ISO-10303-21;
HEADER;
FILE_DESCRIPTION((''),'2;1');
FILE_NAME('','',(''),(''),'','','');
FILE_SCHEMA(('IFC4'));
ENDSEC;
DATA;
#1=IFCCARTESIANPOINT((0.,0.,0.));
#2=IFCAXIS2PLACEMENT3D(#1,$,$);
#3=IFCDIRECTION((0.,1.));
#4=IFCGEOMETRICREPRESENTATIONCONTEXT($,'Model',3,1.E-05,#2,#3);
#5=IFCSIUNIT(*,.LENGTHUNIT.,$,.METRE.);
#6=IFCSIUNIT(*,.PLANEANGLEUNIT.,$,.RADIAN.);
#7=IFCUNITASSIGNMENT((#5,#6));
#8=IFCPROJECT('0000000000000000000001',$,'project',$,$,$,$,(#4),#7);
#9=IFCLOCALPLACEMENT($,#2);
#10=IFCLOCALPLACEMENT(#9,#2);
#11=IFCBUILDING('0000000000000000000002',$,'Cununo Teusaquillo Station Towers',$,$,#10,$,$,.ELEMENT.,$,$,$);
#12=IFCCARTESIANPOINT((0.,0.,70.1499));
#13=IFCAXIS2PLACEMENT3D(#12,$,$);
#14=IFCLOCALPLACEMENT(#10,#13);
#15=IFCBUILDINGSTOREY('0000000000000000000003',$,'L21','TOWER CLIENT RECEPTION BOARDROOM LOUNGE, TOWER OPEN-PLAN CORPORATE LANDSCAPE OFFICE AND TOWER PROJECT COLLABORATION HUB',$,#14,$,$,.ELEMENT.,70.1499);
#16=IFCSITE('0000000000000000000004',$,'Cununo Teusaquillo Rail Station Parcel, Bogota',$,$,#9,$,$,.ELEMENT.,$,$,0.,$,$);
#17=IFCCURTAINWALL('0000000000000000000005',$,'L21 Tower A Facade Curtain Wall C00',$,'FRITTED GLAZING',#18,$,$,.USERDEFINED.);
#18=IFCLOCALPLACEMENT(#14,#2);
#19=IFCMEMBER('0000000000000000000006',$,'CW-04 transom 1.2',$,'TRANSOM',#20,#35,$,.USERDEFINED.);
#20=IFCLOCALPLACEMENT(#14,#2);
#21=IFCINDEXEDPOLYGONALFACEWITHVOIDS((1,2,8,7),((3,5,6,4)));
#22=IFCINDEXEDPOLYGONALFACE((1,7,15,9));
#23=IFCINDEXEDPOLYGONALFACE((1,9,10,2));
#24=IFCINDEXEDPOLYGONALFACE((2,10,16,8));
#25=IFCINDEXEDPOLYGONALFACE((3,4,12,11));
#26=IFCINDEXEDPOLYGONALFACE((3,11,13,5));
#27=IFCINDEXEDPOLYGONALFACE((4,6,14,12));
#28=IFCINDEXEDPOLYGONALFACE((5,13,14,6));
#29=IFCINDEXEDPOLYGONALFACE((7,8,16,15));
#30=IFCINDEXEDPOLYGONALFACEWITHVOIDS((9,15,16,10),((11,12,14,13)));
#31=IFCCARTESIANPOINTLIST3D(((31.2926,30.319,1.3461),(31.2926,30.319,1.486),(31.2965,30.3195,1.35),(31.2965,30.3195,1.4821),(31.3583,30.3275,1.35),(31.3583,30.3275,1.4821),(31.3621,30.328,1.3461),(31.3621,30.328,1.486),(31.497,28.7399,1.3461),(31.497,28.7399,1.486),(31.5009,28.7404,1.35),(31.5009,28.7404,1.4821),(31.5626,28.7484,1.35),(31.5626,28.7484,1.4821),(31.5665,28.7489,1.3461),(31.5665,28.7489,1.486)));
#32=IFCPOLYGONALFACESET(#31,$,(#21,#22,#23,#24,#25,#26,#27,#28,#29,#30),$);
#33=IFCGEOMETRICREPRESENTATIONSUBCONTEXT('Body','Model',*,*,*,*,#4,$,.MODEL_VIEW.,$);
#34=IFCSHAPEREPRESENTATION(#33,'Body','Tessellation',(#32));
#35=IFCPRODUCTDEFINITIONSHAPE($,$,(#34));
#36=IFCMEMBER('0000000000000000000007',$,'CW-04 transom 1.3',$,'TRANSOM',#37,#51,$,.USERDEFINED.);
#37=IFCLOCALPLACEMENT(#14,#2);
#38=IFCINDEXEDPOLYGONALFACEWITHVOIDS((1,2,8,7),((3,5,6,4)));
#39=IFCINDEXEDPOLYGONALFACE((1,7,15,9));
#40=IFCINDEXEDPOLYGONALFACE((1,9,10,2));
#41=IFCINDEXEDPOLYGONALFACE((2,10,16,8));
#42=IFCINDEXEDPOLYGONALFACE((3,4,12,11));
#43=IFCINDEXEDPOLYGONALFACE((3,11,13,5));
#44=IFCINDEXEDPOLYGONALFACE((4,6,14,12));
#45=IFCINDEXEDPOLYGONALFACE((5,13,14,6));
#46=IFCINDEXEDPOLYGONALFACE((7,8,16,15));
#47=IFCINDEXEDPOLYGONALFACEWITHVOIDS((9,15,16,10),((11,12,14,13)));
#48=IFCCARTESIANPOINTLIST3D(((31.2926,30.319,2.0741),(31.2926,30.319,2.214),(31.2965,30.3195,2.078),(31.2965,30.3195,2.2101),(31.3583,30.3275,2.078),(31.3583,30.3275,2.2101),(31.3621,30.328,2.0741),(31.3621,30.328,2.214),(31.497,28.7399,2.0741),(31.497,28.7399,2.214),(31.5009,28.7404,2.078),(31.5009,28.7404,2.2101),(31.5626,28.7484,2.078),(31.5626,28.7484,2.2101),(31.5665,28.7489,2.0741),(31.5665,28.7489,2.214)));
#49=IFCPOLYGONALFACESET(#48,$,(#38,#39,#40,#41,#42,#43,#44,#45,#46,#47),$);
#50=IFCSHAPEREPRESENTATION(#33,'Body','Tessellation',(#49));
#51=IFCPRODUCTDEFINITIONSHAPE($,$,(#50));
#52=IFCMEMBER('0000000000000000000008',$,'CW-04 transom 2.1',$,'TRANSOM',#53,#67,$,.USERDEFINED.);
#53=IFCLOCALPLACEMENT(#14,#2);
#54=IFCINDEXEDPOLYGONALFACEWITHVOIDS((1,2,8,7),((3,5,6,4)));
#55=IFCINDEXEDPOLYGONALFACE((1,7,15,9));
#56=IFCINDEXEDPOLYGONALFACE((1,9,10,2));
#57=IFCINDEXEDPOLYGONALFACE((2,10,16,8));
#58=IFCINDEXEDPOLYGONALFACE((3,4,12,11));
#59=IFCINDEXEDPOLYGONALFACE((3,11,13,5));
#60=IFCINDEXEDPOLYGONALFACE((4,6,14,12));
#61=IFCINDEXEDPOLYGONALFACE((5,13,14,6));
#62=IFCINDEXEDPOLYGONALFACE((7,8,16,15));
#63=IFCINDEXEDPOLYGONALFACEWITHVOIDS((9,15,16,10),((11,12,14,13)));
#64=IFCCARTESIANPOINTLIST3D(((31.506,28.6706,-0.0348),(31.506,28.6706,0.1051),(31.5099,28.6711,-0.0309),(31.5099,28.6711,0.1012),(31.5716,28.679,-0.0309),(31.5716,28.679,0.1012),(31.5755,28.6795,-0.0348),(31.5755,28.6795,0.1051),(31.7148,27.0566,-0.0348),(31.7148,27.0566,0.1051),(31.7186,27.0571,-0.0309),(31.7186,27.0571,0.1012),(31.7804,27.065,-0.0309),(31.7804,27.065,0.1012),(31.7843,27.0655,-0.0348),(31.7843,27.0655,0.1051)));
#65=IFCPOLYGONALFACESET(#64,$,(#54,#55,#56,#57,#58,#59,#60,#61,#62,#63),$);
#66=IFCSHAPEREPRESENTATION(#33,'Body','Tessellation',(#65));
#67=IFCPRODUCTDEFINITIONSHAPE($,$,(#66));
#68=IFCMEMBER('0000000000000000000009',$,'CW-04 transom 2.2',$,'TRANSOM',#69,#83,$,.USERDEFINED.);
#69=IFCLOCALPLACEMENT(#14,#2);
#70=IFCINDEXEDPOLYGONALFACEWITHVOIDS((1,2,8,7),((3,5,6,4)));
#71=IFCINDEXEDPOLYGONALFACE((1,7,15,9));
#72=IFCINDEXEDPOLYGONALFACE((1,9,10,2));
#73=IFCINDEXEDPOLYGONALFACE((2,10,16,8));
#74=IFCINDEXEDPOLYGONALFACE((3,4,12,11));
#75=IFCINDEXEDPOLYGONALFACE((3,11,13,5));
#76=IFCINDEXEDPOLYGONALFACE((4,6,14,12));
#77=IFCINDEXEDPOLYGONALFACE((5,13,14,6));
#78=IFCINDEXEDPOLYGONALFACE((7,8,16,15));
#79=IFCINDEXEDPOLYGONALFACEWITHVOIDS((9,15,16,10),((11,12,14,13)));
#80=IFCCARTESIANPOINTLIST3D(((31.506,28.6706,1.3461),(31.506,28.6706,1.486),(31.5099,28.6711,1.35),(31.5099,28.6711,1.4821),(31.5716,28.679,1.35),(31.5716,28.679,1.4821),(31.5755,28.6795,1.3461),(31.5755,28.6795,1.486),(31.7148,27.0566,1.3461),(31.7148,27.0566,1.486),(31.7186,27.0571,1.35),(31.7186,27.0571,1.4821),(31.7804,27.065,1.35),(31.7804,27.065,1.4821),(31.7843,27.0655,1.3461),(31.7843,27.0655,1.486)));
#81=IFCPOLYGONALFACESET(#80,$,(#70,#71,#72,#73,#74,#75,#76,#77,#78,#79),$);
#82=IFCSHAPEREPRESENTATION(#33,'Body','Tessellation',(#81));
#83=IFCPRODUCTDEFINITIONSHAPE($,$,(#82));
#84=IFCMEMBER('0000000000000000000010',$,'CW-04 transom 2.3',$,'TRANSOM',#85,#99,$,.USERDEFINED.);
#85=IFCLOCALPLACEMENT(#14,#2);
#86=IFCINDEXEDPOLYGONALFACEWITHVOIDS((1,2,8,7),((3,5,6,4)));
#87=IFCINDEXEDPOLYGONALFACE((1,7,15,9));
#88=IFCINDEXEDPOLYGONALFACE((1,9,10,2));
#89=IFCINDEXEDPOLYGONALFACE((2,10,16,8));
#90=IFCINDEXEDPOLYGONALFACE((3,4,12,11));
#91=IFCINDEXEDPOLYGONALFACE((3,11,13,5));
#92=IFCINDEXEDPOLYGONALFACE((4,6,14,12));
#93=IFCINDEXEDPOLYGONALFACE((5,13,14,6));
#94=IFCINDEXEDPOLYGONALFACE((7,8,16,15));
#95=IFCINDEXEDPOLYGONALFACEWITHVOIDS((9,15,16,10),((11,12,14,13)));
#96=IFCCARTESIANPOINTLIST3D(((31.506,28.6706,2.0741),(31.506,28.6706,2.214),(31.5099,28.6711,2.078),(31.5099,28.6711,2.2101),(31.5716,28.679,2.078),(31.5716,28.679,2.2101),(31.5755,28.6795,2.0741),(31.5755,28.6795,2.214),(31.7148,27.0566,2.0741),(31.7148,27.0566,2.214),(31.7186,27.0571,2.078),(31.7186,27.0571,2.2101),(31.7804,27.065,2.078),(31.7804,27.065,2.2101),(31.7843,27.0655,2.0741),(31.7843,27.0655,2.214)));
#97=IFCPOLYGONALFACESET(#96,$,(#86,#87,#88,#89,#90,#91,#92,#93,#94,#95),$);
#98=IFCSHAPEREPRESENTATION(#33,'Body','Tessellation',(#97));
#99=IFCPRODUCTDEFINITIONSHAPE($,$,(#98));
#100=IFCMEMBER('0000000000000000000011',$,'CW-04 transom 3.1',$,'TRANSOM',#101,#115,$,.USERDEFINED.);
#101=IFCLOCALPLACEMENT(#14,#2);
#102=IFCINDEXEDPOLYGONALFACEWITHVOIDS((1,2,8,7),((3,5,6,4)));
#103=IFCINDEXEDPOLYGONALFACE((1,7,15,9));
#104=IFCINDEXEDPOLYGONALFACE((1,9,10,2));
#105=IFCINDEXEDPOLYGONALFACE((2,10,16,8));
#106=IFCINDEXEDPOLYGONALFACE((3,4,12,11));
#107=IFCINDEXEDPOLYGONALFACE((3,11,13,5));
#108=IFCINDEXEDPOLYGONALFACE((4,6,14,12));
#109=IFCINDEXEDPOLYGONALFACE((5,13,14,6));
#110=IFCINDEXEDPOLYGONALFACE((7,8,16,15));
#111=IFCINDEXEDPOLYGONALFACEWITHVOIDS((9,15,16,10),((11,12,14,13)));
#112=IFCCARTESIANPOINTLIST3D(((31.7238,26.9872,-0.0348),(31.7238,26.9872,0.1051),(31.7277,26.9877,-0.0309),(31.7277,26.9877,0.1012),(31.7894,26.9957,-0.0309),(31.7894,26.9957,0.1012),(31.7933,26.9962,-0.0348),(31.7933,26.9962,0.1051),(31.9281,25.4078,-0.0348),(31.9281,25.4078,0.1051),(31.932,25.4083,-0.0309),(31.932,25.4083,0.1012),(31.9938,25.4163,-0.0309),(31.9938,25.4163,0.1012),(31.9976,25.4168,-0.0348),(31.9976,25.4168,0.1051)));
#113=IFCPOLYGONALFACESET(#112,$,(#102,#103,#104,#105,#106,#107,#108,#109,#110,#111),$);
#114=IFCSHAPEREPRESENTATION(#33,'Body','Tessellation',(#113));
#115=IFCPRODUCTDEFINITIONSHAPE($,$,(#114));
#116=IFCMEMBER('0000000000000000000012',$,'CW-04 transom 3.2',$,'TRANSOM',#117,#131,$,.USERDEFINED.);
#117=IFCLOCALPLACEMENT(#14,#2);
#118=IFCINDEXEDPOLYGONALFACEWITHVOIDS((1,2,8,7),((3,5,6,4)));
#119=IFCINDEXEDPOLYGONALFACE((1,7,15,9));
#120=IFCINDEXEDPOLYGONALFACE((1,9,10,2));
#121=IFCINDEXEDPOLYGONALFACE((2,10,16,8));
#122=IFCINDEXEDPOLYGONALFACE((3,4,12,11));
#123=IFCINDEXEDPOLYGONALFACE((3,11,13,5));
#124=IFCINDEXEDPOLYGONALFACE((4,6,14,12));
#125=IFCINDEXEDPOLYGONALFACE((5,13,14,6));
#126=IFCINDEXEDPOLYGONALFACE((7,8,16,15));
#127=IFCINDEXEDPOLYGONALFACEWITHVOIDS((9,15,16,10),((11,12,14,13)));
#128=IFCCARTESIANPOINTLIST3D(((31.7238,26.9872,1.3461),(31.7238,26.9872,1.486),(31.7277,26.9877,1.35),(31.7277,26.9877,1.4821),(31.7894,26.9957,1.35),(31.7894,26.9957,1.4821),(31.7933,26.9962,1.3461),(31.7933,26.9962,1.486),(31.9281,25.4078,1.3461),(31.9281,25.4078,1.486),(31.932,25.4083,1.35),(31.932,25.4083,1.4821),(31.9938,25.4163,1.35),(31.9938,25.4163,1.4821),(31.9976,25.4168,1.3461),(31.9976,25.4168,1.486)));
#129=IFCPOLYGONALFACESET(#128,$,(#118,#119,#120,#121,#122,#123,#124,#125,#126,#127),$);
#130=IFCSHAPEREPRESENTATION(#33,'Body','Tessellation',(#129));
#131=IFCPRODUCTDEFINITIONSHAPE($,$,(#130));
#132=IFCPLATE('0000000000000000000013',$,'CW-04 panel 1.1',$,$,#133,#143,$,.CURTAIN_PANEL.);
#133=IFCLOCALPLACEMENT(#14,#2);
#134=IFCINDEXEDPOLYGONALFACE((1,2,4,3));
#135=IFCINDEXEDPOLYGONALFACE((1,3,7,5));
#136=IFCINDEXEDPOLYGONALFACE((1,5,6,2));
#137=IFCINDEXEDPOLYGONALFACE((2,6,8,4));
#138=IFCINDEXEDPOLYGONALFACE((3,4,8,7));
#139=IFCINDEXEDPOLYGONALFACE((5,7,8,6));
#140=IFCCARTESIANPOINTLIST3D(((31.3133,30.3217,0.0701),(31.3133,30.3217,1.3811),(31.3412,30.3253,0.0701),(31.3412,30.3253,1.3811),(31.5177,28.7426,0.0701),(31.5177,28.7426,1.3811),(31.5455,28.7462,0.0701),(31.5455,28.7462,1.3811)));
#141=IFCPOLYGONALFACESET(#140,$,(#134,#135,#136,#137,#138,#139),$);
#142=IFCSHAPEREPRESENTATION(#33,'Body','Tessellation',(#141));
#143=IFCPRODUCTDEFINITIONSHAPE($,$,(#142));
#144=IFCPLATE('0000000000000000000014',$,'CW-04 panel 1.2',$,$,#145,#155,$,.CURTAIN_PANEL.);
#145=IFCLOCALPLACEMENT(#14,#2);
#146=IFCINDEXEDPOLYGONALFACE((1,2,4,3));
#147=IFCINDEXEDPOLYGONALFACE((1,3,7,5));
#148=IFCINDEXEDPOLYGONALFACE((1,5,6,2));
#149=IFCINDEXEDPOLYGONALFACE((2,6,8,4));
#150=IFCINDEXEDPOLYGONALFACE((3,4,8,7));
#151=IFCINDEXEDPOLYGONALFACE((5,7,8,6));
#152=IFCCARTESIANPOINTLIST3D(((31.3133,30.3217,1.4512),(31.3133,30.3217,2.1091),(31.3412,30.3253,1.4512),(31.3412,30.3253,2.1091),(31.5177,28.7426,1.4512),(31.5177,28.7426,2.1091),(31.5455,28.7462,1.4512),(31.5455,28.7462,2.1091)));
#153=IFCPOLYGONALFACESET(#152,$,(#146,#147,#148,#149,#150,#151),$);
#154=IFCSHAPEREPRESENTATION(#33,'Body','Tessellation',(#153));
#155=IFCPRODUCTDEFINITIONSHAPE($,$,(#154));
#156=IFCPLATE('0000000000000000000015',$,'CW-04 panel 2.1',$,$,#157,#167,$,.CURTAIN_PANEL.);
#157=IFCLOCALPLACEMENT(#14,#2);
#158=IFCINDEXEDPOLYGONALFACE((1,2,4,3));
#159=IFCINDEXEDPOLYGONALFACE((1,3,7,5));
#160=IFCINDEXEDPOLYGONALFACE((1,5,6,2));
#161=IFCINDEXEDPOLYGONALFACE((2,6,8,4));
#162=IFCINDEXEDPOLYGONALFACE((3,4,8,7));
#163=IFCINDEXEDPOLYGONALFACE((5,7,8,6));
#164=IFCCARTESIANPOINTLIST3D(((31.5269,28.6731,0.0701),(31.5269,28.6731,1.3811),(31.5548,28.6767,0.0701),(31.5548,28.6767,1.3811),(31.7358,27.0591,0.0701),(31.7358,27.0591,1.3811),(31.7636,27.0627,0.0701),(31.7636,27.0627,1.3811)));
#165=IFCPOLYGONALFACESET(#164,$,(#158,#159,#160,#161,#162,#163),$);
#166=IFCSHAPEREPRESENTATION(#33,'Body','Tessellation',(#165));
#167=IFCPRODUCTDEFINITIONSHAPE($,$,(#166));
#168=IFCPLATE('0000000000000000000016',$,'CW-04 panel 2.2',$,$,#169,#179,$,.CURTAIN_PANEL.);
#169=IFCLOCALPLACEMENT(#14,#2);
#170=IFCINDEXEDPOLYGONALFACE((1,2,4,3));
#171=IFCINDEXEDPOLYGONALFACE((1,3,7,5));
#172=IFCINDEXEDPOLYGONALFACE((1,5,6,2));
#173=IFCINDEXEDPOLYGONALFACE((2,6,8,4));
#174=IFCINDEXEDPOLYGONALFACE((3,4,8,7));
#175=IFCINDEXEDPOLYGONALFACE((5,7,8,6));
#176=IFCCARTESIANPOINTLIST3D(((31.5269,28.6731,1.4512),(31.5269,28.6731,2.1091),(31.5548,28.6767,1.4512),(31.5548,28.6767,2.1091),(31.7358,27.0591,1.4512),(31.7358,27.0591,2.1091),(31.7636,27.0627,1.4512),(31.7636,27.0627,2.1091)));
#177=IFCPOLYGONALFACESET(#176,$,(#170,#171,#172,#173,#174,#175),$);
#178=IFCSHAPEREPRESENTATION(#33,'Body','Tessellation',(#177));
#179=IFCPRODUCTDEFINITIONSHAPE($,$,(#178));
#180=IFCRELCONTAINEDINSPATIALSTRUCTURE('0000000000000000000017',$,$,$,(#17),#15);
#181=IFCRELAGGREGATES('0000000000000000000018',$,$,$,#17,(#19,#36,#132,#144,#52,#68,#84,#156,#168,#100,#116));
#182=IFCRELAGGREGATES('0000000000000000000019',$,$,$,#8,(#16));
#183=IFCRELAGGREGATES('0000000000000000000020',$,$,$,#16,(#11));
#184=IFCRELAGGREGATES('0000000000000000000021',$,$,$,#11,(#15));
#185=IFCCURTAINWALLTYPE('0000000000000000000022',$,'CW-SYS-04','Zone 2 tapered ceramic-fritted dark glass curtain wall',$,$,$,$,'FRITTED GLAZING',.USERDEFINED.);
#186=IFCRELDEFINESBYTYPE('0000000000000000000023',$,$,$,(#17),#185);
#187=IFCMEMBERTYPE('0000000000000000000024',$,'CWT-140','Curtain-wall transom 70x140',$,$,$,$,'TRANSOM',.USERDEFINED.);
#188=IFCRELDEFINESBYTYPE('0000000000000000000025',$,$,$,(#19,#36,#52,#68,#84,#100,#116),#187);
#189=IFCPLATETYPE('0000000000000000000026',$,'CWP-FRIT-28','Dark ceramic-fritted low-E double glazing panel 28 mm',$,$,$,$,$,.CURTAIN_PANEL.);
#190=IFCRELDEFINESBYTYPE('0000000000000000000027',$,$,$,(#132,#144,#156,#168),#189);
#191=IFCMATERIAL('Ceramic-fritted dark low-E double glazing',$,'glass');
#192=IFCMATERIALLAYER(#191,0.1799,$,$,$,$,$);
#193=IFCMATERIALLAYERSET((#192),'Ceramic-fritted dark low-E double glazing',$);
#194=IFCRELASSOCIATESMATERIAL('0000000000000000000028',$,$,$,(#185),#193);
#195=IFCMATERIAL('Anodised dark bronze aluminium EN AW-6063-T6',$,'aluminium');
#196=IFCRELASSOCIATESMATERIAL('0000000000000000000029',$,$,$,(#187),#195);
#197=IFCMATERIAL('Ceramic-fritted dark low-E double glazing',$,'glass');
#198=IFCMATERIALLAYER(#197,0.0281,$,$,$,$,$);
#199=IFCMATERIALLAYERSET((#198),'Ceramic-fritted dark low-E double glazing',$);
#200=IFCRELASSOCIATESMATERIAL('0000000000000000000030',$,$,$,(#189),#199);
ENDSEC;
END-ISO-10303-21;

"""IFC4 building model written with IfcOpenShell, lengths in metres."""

from ifc_helpers import new_model, si_unit, direction, frame, origin, origin_2d, place, context, subcontext, project, spatial, rectangle, hollow_rectangle, extrude, source, transform, mapped, material, layer, layer_set, material_profile, profile_set, type_object, element, aggregate, save


model = new_model("IFC4")

# Units and contexts
model_context = context("Model", 3, precision=1e-05, world=origin(), true_north=direction((0.0, 1.0)))
body_context = subcontext(model_context, "Body", "Model", "MODEL_VIEW")
ifc_project = project(units=[si_unit("LENGTHUNIT", "METRE"), si_unit("PLANEANGLEUNIT", "RADIAN")], contexts=[model_context])

# Site, building, storey
site_placement = place(None, origin())
site = spatial("IfcSite", under=ifc_project, at=site_placement, Name="Cununo Teusaquillo Rail Station Parcel, Bogota", CompositionType="ELEMENT", RefElevation=0.0)
building_placement = place(site_placement, origin())
building = spatial("IfcBuilding", under=site, at=building_placement, Name="Cununo Teusaquillo Station Towers", CompositionType="ELEMENT")
storey_placement = place(building_placement, frame((0.0, 0.0, 70.1499)))
storey = spatial("IfcBuildingStorey", under=building, at=storey_placement, Name="L21", Description="TOWER CLIENT RECEPTION BOARDROOM LOUNGE, TOWER OPEN-PLAN CORPORATE LANDSCAPE OFFICE AND TOWER PROJECT COLLABORATION HUB", CompositionType="ELEMENT", Elevation=70.1499)

# Curtain wall, members, plates
ifc_material_1 = material(Name="Ceramic-fritted dark low-E double glazing", Category="glass")
ifc_layer_1 = layer(ifc_material_1, 0.1799)
ifc_layer_set_1 = layer_set([ifc_layer_1], Name="Ceramic-fritted dark low-E double glazing")
curtain_wall_type = type_object("IfcCurtainWallType", Name="CW-SYS-04", Description="Zone 2 tapered ceramic-fritted dark glass curtain wall", ElementType="FRITTED GLAZING", PredefinedType="USERDEFINED", material=ifc_layer_set_1)
curtain_wall_placement = place(storey_placement, origin())
curtain_wall = element("IfcCurtainWall", 1, at=curtain_wall_placement, inside=storey, type_object=curtain_wall_type, Name="L21 Tower A Facade Curtain Wall C00", ObjectType="FRITTED GLAZING", PredefinedType="USERDEFINED")
ifc_material_2 = material(Name="Anodised dark bronze aluminium EN AW-6063-T6", Category="aluminium")
ifc_material_profile_1 = material_profile(ifc_material_2, hollow_rectangle(XDim=0.0701, YDim=0.1399, WallThickness=0.0039, at=origin_2d()), Name="CW-TRAN-70x140")
ifc_profile_set_1 = profile_set([ifc_material_profile_1], Name="Anodised dark bronze aluminium EN AW-6063-T6")
member_type_1 = type_object("IfcMemberType", Name="CWT-140", Description="Curtain-wall transom 70x140", ElementType="TRANSOM", PredefinedType="USERDEFINED", material=ifc_profile_set_1)
member_1_placement = place(storey_placement, frame((31.3274, 30.3235, 1.416), z_axis=(0.128336, -0.991731, 0.0), x_axis=(0.991731, 0.128336, 0.0)))
member_1 = element("IfcMember", 2, at=member_1_placement, type_object=member_type_1, Name="CW-04 transom 1.2", ObjectType="TRANSOM", PredefinedType="USERDEFINED", context=body_context, shape_type="SweptSolid", body=[
    extrude(hollow_rectangle(XDim=0.0701, YDim=0.1399, WallThickness=0.0039, at=origin_2d()), origin(), (0.0, 0.0, 1.0), 1.5923),
])
member_2_placement = place(storey_placement, frame((31.3274, 30.3235, 2.144), z_axis=(0.128336, -0.991731, 0.0), x_axis=(0.991731, 0.128336, 0.0)))
member_2 = element("IfcMember", 3, at=member_2_placement, type_object=member_type_1, Name="CW-04 transom 1.3", ObjectType="TRANSOM", PredefinedType="USERDEFINED", context=body_context, shape_type="SweptSolid", body=[
    extrude(hollow_rectangle(XDim=0.0701, YDim=0.1399, WallThickness=0.0039, at=origin_2d()), origin(), (0.0, 0.0, 1.0), 1.5923),
])
member_3_placement = place(storey_placement, frame((31.5408, 28.675, 0.0352), z_axis=(0.128262, -0.99174, 0.0), x_axis=(0.99174, 0.128262, 0.0)))
member_3 = element("IfcMember", 4, at=member_3_placement, type_object=member_type_1, Name="CW-04 transom 2.1", ObjectType="TRANSOM", PredefinedType="USERDEFINED", context=body_context, shape_type="SweptSolid", body=[
    extrude(hollow_rectangle(XDim=0.0701, YDim=0.1399, WallThickness=0.0039, at=origin_2d()), origin(), (0.0, 0.0, 1.0), 1.6274),
])
member_4_placement = place(storey_placement, frame((31.5408, 28.675, 1.416), z_axis=(0.128262, -0.99174, 0.0), x_axis=(0.99174, 0.128262, 0.0)))
member_4 = element("IfcMember", 5, at=member_4_placement, type_object=member_type_1, Name="CW-04 transom 2.2", ObjectType="TRANSOM", PredefinedType="USERDEFINED", context=body_context, shape_type="SweptSolid", body=[
    extrude(hollow_rectangle(XDim=0.0701, YDim=0.1399, WallThickness=0.0039, at=origin_2d()), origin(), (0.0, 0.0, 1.0), 1.6274),
])
member_5_placement = place(storey_placement, frame((31.5408, 28.675, 2.144), z_axis=(0.128262, -0.99174, 0.0), x_axis=(0.99174, 0.128262, 0.0)))
member_5 = element("IfcMember", 6, at=member_5_placement, type_object=member_type_1, Name="CW-04 transom 2.3", ObjectType="TRANSOM", PredefinedType="USERDEFINED", context=body_context, shape_type="SweptSolid", body=[
    extrude(hollow_rectangle(XDim=0.0701, YDim=0.1399, WallThickness=0.0039, at=origin_2d()), origin(), (0.0, 0.0, 1.0), 1.6274),
])
member_6_placement = place(storey_placement, frame((31.7585, 26.9917, 0.0352), z_axis=(0.128317, -0.991733, 0.0), x_axis=(0.991733, 0.128317, 0.0)))
member_6 = element("IfcMember", 7, at=member_6_placement, type_object=member_type_1, Name="CW-04 transom 3.1", ObjectType="TRANSOM", PredefinedType="USERDEFINED", context=body_context, shape_type="SweptSolid", body=[
    extrude(hollow_rectangle(XDim=0.0701, YDim=0.1399, WallThickness=0.0039, at=origin_2d()), origin(), (0.0, 0.0, 1.0), 1.5925),
])
member_7_placement = place(storey_placement, frame((31.7585, 26.9917, 1.416), z_axis=(0.128317, -0.991733, 0.0), x_axis=(0.991733, 0.128317, 0.0)))
member_7 = element("IfcMember", 8, at=member_7_placement, type_object=member_type_1, Name="CW-04 transom 3.2", ObjectType="TRANSOM", PredefinedType="USERDEFINED", context=body_context, shape_type="SweptSolid", body=[
    extrude(hollow_rectangle(XDim=0.0701, YDim=0.1399, WallThickness=0.0039, at=origin_2d()), origin(), (0.0, 0.0, 1.0), 1.5925),
])
ifc_material_3 = material(Name="Ceramic-fritted dark low-E double glazing", Category="glass")
ifc_layer_2 = layer(ifc_material_3, 0.0281)
ifc_layer_set_2 = layer_set([ifc_layer_2], Name="Ceramic-fritted dark low-E double glazing")
plate_type = type_object("IfcPlateType", Name="CWP-FRIT-28", Description="Dark ceramic-fritted low-E double glazing panel 28 mm", PredefinedType="CURTAIN_PANEL", material=ifc_layer_set_2)
shared_shape_1 = source(origin(), body_context, "Body", "SweptSolid", [
    extrude(rectangle(XDim=1.5923, YDim=0.0281, at=origin_2d()), origin(), (0.0, 0.0, 1.0), 1.311),
])
plate_1_placement = place(storey_placement, frame((31.4294, 29.5339, 0.0701), z_axis=(0.0, 0.0, 1.0), x_axis=(0.128336, -0.991731, 0.0)))
plate_1 = element("IfcPlate", 9, at=plate_1_placement, type_object=plate_type, Name="CW-04 panel 1.1", PredefinedType="CURTAIN_PANEL", context=body_context, shape_type="MappedRepresentation", body=[
    mapped(shared_shape_1, transform((0.0, 0.0, 0.0), x_axis=(1.0, 0.0, 0.0), y_axis=(0.0, 1.0, 0.0), z_axis=(0.0, 0.0, 1.0), scale=1.0)),
])
shared_shape_2 = source(origin(), body_context, "Body", "SweptSolid", [
    extrude(rectangle(XDim=1.5923, YDim=0.0281, at=origin_2d()), origin(), (0.0, 0.0, 1.0), 0.658),
])
plate_2_placement = place(storey_placement, frame((31.4294, 29.5339, 1.4512), z_axis=(0.0, 0.0, 1.0), x_axis=(0.128336, -0.991731, 0.0)))
plate_2 = element("IfcPlate", 10, at=plate_2_placement, type_object=plate_type, Name="CW-04 panel 1.2", PredefinedType="CURTAIN_PANEL", context=body_context, shape_type="MappedRepresentation", body=[
    mapped(shared_shape_2, transform((0.0, 0.0, 0.0), x_axis=(1.0, 0.0, 0.0), y_axis=(0.0, 1.0, 0.0), z_axis=(0.0, 0.0, 1.0), scale=1.0)),
])
shared_shape_3 = source(origin(), body_context, "Body", "SweptSolid", [
    extrude(rectangle(XDim=1.6274, YDim=0.0281, at=origin_2d()), origin(), (0.0, 0.0, 1.0), 1.311),
])
plate_3_placement = place(storey_placement, frame((31.6453, 27.8679, 0.0701), z_axis=(0.0, 0.0, 1.0), x_axis=(0.128336, -0.991731, 0.0)))
plate_3 = element("IfcPlate", 11, at=plate_3_placement, type_object=plate_type, Name="CW-04 panel 2.1", PredefinedType="CURTAIN_PANEL", context=body_context, shape_type="MappedRepresentation", body=[
    mapped(shared_shape_3, transform((0.0, 0.0, 0.0), x_axis=(1.0, 0.0, 0.0), y_axis=(0.0, 1.0, 0.0), z_axis=(0.0, 0.0, 1.0), scale=1.0)),
])
shared_shape_4 = source(origin(), body_context, "Body", "SweptSolid", [
    extrude(rectangle(XDim=1.6274, YDim=0.0281, at=origin_2d()), origin(), (0.0, 0.0, 1.0), 0.658),
])
plate_4_placement = place(storey_placement, frame((31.6453, 27.8679, 1.4512), z_axis=(0.0, 0.0, 1.0), x_axis=(0.128336, -0.991731, 0.0)))
plate_4 = element("IfcPlate", 12, at=plate_4_placement, type_object=plate_type, Name="CW-04 panel 2.2", PredefinedType="CURTAIN_PANEL", context=body_context, shape_type="MappedRepresentation", body=[
    mapped(shared_shape_4, transform((0.0, 0.0, 0.0), x_axis=(1.0, 0.0, 0.0), y_axis=(0.0, 1.0, 0.0), z_axis=(0.0, 0.0, 1.0), scale=1.0)),
])
aggregate(curtain_wall, [member_1, member_2, plate_1, plate_2, member_3, member_4, member_5, plate_3, plate_4, member_6, member_7])

save(model, "model.ifc")
